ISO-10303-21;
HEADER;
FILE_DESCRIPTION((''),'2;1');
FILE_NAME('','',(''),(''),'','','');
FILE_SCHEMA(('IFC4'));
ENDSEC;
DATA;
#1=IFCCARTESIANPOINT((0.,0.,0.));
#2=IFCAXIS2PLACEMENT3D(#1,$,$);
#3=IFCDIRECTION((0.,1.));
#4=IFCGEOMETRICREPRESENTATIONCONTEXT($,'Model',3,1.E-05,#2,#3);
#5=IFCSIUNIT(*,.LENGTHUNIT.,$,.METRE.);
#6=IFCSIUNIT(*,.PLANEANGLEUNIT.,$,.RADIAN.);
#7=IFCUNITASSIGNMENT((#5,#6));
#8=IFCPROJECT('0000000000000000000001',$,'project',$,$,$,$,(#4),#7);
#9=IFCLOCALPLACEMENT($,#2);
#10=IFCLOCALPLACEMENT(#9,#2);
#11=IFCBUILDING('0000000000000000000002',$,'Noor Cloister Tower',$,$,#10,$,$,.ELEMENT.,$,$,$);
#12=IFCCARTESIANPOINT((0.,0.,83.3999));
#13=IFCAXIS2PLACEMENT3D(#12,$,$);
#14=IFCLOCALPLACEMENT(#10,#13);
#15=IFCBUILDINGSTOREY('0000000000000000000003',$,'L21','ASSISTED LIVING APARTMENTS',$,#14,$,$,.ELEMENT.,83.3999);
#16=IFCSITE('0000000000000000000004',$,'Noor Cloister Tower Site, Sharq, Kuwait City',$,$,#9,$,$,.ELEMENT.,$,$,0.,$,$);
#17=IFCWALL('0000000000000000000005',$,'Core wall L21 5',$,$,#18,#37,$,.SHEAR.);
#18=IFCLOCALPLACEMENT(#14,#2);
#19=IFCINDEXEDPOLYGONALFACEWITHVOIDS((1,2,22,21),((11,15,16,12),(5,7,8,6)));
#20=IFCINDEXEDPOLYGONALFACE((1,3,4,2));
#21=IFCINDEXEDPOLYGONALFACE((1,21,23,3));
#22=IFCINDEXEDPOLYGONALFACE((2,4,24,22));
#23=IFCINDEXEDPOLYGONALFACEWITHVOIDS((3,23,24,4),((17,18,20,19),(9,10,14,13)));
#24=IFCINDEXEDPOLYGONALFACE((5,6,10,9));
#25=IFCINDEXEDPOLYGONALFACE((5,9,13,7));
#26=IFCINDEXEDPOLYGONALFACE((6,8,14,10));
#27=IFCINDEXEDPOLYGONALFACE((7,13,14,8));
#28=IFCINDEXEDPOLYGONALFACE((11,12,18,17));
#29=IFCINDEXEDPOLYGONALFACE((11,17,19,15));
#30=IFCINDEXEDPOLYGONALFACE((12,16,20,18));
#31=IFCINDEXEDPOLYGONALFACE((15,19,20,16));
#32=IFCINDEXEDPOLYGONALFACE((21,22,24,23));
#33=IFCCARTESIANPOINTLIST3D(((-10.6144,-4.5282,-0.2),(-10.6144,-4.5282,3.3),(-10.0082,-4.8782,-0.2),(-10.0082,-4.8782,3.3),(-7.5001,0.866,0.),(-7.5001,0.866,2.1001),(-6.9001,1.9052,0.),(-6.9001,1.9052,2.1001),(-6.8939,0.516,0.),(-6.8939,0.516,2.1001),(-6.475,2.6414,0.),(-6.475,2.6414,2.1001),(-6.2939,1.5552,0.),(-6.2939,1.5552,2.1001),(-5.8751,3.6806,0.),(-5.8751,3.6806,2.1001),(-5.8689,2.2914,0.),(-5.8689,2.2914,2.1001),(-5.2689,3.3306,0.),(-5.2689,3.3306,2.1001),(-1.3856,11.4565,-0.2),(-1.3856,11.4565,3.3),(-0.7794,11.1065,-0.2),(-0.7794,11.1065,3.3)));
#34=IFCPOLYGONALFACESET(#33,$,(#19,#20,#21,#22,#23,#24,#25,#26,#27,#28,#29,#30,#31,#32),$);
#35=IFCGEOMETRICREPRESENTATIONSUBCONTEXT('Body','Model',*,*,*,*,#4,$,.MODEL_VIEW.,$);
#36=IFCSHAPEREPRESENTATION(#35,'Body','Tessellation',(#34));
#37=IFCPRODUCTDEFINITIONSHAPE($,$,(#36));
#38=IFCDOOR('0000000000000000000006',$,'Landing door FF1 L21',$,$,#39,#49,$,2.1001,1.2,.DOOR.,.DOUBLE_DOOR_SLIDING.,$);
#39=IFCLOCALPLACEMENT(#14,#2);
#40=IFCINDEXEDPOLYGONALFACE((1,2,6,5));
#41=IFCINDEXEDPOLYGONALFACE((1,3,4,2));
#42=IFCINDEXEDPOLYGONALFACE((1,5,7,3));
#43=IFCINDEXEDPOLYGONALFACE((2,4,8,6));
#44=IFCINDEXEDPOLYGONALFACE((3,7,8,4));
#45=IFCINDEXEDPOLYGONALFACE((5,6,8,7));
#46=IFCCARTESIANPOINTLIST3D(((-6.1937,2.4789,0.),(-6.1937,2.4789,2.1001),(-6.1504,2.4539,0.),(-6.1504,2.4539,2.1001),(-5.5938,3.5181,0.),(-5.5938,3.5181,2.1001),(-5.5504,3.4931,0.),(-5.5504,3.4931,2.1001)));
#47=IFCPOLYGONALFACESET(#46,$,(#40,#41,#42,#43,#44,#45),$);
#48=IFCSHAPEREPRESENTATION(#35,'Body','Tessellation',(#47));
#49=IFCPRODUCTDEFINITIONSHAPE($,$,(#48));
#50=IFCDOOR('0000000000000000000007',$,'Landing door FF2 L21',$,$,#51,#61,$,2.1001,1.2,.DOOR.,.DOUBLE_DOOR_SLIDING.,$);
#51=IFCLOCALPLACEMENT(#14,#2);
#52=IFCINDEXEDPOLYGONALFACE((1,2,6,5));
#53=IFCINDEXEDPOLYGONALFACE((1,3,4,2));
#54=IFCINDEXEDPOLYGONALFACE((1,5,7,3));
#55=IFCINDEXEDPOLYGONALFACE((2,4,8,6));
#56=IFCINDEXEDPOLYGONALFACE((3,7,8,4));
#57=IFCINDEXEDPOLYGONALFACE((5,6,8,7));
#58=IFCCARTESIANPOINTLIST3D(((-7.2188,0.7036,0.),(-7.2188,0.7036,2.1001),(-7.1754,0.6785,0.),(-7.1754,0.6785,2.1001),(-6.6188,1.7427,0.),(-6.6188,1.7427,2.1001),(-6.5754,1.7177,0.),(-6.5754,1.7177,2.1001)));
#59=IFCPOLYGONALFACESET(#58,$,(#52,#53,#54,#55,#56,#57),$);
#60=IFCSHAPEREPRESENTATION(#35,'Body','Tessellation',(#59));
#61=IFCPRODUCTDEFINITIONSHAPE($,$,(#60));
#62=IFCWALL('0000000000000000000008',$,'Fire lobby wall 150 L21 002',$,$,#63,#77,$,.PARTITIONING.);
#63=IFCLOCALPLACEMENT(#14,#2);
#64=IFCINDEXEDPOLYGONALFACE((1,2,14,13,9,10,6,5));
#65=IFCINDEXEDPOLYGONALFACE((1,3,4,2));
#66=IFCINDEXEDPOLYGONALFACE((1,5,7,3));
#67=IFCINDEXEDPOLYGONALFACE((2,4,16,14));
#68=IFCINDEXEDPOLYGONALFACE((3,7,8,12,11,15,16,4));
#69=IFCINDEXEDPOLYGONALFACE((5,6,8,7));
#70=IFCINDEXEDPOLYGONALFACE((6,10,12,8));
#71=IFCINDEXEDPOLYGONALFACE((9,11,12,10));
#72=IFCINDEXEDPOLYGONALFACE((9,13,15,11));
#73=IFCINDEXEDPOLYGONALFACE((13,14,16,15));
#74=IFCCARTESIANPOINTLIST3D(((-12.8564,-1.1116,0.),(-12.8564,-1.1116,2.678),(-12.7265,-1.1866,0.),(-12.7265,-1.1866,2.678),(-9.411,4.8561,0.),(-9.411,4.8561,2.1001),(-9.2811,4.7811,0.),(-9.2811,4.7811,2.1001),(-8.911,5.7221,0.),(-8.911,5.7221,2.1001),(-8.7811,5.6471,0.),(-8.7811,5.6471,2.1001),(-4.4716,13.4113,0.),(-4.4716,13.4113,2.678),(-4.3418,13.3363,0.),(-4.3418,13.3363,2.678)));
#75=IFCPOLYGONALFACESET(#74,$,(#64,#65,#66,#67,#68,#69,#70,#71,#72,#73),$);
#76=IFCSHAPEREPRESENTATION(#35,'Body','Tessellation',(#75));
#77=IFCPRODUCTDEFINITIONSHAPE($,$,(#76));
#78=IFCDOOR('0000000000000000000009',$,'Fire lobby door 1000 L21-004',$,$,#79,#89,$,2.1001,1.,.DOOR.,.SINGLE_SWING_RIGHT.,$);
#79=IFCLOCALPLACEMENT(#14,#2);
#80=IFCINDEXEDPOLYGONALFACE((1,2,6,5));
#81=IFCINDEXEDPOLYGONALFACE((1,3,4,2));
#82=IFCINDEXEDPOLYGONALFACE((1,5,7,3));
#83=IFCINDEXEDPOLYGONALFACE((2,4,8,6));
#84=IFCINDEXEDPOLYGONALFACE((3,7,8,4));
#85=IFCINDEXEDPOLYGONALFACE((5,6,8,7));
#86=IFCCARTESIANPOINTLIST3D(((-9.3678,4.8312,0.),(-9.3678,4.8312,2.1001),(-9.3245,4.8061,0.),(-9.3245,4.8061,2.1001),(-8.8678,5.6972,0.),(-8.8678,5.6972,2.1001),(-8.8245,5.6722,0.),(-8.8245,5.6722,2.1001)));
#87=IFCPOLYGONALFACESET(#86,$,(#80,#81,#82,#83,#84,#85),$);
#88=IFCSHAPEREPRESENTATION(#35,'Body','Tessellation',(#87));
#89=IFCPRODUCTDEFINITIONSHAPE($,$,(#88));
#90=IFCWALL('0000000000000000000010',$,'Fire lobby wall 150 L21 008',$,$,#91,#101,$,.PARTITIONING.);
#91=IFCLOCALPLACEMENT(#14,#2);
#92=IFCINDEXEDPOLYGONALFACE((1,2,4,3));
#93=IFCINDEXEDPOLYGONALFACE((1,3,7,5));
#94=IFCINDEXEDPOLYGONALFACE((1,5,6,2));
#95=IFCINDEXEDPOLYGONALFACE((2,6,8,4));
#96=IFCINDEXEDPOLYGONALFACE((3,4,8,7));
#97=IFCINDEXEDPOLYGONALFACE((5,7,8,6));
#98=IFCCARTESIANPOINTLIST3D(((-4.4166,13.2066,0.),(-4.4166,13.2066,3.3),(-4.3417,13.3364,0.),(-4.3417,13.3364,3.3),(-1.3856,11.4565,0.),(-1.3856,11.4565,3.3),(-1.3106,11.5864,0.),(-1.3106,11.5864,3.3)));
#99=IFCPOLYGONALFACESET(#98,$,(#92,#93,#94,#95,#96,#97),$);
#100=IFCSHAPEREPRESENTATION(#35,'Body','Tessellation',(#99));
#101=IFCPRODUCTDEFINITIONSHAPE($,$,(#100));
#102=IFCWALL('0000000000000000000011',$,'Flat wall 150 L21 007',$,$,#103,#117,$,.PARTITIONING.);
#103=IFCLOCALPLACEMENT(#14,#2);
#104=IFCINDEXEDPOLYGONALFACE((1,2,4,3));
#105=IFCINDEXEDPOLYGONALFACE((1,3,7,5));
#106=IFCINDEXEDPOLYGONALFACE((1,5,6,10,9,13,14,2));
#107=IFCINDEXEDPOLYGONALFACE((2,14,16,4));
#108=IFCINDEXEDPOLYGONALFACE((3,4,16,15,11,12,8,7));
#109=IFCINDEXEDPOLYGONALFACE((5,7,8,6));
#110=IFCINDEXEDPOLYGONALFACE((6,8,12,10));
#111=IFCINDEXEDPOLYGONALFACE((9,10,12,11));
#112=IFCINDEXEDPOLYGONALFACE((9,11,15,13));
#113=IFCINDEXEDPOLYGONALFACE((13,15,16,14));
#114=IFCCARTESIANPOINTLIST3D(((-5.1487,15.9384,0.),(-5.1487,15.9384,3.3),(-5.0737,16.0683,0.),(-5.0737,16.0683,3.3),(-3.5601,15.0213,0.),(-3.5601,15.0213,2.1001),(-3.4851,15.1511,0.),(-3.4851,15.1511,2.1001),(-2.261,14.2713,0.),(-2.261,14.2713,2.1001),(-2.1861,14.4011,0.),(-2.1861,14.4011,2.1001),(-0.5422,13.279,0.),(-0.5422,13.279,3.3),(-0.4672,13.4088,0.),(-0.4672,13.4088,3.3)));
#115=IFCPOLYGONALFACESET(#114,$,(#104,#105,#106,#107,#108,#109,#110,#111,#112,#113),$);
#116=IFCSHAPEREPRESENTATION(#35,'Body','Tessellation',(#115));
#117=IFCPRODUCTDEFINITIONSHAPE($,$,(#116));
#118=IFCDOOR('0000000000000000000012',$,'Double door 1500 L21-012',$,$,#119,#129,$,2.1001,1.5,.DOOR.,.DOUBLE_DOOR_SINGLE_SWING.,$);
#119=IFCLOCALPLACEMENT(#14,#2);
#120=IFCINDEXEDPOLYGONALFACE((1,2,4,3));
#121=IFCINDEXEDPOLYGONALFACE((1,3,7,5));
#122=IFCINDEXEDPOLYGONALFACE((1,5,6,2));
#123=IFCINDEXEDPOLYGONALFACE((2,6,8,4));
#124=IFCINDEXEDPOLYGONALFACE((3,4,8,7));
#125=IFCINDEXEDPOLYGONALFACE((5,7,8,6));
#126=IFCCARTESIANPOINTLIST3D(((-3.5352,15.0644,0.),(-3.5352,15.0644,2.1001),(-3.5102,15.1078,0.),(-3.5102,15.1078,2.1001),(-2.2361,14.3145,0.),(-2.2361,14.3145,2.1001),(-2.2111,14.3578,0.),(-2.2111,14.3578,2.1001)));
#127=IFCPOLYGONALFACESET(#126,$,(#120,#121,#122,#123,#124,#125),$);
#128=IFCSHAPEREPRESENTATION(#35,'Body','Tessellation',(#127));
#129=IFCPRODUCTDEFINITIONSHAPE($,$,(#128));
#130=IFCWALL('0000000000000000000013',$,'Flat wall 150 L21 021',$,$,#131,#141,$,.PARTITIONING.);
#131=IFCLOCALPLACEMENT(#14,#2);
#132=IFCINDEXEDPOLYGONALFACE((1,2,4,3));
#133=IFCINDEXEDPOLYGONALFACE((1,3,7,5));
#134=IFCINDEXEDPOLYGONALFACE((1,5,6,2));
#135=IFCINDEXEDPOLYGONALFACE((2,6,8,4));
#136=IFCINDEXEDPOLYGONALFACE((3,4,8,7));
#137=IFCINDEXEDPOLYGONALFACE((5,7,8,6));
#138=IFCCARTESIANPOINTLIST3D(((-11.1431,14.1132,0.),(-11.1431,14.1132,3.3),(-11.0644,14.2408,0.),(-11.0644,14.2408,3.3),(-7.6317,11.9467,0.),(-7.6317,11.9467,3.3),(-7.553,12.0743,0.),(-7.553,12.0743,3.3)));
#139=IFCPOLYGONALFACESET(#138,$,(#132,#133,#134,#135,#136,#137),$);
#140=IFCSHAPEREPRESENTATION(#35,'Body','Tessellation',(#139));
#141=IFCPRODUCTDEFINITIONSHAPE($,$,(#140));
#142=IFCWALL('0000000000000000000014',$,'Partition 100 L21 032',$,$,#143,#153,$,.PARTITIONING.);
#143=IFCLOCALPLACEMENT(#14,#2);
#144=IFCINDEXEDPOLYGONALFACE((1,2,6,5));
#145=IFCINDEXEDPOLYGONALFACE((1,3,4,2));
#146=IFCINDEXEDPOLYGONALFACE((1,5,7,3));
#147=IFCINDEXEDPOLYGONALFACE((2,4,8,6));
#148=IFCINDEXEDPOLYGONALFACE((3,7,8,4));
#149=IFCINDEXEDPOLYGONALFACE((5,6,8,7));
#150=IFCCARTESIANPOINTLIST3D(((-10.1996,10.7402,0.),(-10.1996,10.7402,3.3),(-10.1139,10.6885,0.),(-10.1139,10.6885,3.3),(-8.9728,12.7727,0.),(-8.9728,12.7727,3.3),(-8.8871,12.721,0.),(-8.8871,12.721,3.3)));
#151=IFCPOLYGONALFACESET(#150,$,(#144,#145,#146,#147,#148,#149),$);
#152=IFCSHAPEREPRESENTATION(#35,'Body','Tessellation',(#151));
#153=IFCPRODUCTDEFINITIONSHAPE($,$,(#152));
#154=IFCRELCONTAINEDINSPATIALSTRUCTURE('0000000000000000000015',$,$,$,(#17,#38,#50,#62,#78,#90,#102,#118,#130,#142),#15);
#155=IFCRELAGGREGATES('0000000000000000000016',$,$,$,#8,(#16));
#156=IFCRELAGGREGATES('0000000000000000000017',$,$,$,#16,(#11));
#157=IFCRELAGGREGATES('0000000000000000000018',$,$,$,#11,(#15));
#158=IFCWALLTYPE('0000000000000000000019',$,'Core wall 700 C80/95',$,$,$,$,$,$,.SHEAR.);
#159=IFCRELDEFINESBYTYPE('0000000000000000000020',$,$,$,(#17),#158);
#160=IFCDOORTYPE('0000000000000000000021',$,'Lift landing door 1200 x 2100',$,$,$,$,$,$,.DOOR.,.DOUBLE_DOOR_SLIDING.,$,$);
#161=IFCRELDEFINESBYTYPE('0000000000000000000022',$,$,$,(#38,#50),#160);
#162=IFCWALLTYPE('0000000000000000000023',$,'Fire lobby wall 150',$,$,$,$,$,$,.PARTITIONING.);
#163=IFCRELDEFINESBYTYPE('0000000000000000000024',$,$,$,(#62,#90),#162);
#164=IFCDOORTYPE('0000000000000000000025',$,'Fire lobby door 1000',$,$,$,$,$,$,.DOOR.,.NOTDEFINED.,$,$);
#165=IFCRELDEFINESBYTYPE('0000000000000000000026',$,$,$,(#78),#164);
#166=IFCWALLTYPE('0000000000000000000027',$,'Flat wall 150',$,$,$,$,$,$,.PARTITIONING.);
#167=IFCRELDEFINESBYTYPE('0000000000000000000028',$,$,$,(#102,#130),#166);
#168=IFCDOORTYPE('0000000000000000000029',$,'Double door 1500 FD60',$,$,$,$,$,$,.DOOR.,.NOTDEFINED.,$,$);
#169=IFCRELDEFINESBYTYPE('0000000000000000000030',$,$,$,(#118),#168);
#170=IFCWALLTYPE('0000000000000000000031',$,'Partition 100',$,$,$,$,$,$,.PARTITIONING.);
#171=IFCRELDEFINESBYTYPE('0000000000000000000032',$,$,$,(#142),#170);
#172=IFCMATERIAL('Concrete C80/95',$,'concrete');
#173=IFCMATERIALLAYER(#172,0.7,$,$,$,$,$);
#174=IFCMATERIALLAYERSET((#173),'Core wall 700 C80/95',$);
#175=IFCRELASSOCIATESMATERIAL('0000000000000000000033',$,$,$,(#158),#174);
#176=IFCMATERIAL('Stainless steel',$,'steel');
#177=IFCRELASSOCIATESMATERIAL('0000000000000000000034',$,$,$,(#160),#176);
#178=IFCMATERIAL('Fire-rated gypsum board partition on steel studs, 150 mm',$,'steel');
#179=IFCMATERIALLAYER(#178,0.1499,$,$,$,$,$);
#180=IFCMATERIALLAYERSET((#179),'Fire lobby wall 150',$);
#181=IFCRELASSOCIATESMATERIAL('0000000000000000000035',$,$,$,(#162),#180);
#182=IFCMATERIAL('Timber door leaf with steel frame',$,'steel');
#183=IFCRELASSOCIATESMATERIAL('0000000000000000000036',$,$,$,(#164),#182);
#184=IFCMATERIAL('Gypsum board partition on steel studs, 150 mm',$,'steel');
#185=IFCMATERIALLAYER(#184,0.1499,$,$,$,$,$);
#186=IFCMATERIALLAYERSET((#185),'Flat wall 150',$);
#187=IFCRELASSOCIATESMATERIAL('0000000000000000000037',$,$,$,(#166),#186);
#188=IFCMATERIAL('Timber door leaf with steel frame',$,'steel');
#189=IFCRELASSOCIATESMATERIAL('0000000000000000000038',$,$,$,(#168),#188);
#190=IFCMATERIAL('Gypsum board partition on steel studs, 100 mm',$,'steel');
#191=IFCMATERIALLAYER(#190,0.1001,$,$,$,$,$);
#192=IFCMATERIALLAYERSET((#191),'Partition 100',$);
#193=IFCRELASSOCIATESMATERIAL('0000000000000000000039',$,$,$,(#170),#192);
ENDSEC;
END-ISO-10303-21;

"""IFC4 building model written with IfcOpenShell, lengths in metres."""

from ifc_helpers import new_model, si_unit, direction, frame, frame_2d, origin, place, context, subcontext, project, spatial, rectangle, extrude, material, layer, layer_set, type_object, element, fill, save


model = new_model("IFC4")

# Units and contexts
model_context = context("Model", 3, precision=1e-05, world=origin(), true_north=direction((0.0, 1.0)))
body_context = subcontext(model_context, "Body", "Model", "MODEL_VIEW")
ifc_project = project(units=[si_unit("LENGTHUNIT", "METRE"), si_unit("PLANEANGLEUNIT", "RADIAN")], contexts=[model_context])

# Site, building, storey
site_placement = place(None, origin())
site = spatial("IfcSite", under=ifc_project, at=site_placement, Name="Noor Cloister Tower Site, Sharq, Kuwait City", CompositionType="ELEMENT", RefElevation=0.0)
building_placement = place(site_placement, origin())
building = spatial("IfcBuilding", under=site, at=building_placement, Name="Noor Cloister Tower", CompositionType="ELEMENT")
storey_placement = place(building_placement, frame((0.0, 0.0, 83.3999)))
storey = spatial("IfcBuildingStorey", under=building, at=storey_placement, Name="L21", Description="ASSISTED LIVING APARTMENTS", CompositionType="ELEMENT", Elevation=83.3999)

# Wall, openings, doors
ifc_material_1 = material(Name="Concrete C80/95", Category="concrete")
ifc_layer_1 = layer(ifc_material_1, 0.7)
ifc_layer_set_1 = layer_set([ifc_layer_1], Name="Core wall 700 C80/95")
wall_type_1 = type_object("IfcWallType", Name="Core wall 700 C80/95", PredefinedType="SHEAR", material=ifc_layer_set_1)
wall_1_placement = place(storey_placement, frame((-1.0825, 11.2815, -0.2), z_axis=(0.0, 0.0, 1.0), x_axis=(-0.500001, -0.866025, 0.0)))
wall_1 = element("IfcWall", 1, at=wall_1_placement, inside=storey, type_object=wall_type_1, Name="Core wall L21 5", PredefinedType="SHEAR", context=body_context, shape_type="SweptSolid", body=[
    extrude(rectangle(XDim=18.4575, YDim=0.7, at=frame_2d((9.2288, 0.0))), origin(), (0.0, 0.0, 1.0), 3.5),
])
opening_1_placement = place(wall_1_placement, frame((8.9788, 0.0, 0.2)))
opening_1 = element("IfcOpeningElement", 2, at=opening_1_placement, cuts=wall_1, PredefinedType="OPENING", context=body_context, shape_type="SweptSolid", body=[
    extrude(rectangle(XDim=1.2, YDim=2.1001, at=frame_2d((0.6001, 1.05))), frame((0.0, 0.3599, 0.0), z_axis=(0.0, -1.0, 0.0), x_axis=(1.0, 0.0, 0.0)), (0.0, 0.0, 1.0), 0.72),
])
opening_2_placement = place(wall_1_placement, frame((11.0288, 0.0, 0.2)))
opening_2 = element("IfcOpeningElement", 3, at=opening_2_placement, cuts=wall_1, PredefinedType="OPENING", context=body_context, shape_type="SweptSolid", body=[
    extrude(rectangle(XDim=1.2, YDim=2.1001, at=frame_2d((0.6001, 1.05))), frame((0.0, 0.3599, 0.0), z_axis=(0.0, -1.0, 0.0), x_axis=(1.0, 0.0, 0.0)), (0.0, 0.0, 1.0), 0.72),
])
ifc_material_2 = material(Name="Stainless steel", Category="steel")
door_type_1 = type_object("IfcDoorType", Name="Lift landing door 1200 x 2100", OperationType="DOUBLE_DOOR_SLIDING", PredefinedType="DOOR", material=ifc_material_2)
door_1_placement = place(opening_1_placement, origin())
door_1 = element("IfcDoor", 4, at=door_1_placement, inside=storey, type_object=door_type_1, Name="Landing door FF1 L21", OperationType="DOUBLE_DOOR_SLIDING", OverallHeight=2.1001, OverallWidth=1.2, PredefinedType="DOOR", context=body_context, shape_type="SweptSolid", body=[
    extrude(rectangle(XDim=1.2, YDim=2.1001, at=frame_2d((0.6001, 1.05))), frame((0.0, 0.0249, 0.0), z_axis=(0.0, -1.0, 0.0), x_axis=(1.0, 0.0, 0.0)), (0.0, 0.0, 1.0), 0.05),
])
fill(opening_1, door_1)
door_2_placement = place(opening_2_placement, origin())
door_2 = element("IfcDoor", 5, at=door_2_placement, inside=storey, type_object=door_type_1, Name="Landing door FF2 L21", OperationType="DOUBLE_DOOR_SLIDING", OverallHeight=2.1001, OverallWidth=1.2, PredefinedType="DOOR", context=body_context, shape_type="SweptSolid", body=[
    extrude(rectangle(XDim=1.2, YDim=2.1001, at=frame_2d((0.6001, 1.05))), frame((0.0, 0.0249, 0.0), z_axis=(0.0, -1.0, 0.0), x_axis=(1.0, 0.0, 0.0)), (0.0, 0.0, 1.0), 0.05),
])
fill(opening_2, door_2)

# Wall, opening, door
ifc_material_3 = material(Name="Fire-rated gypsum board partition on steel studs, 150 mm", Category="steel")
ifc_layer_2 = layer(ifc_material_3, 0.1499)
ifc_layer_set_2 = layer_set([ifc_layer_2], Name="Fire lobby wall 150")
wall_type_2 = type_object("IfcWallType", Name="Fire lobby wall 150", PredefinedType="PARTITIONING", material=ifc_layer_set_2)
wall_2_placement = place(storey_placement, frame((-4.4067, 13.3738, 0.0), z_axis=(0.0, 0.0, 1.0), x_axis=(-0.499997, -0.866027, 0.0)))
wall_2 = element("IfcWall", 6, at=wall_2_placement, inside=storey, type_object=wall_type_2, Name="Fire lobby wall 150 L21 002", PredefinedType="PARTITIONING", context=body_context, shape_type="SweptSolid", body=[
    extrude(rectangle(XDim=16.7695, YDim=0.1499, at=frame_2d((8.3848, 0.0))), origin(), (0.0, 0.0, 1.0), 2.678),
])
opening_3_placement = place(wall_2_placement, frame((8.8787, 0.0, 0.0)))
opening_3 = element("IfcOpeningElement", 7, at=opening_3_placement, cuts=wall_2, PredefinedType="OPENING", context=body_context, shape_type="SweptSolid", body=[
    extrude(rectangle(XDim=1.0, YDim=2.1001, at=frame_2d((0.5, 1.05))), frame((0.0, 0.085, 0.0), z_axis=(0.0, -1.0, 0.0), x_axis=(1.0, 0.0, 0.0)), (0.0, 0.0, 1.0), 0.1699),
])
ifc_material_4 = material(Name="Timber door leaf with steel frame", Category="steel")
door_type_2 = type_object("IfcDoorType", Name="Fire lobby door 1000", OperationType="NOTDEFINED", PredefinedType="DOOR", material=ifc_material_4)
door_3_placement = place(opening_3_placement, origin())
door_3 = element("IfcDoor", 8, at=door_3_placement, inside=storey, type_object=door_type_2, Name="Fire lobby door 1000 L21-004", OperationType="SINGLE_SWING_RIGHT", OverallHeight=2.1001, OverallWidth=1.0, PredefinedType="DOOR", context=body_context, shape_type="SweptSolid", body=[
    extrude(rectangle(XDim=1.0, YDim=2.1001, at=frame_2d((0.5, 1.05))), frame((0.0, 0.0249, 0.0), z_axis=(0.0, -1.0, 0.0), x_axis=(1.0, 0.0, 0.0)), (0.0, 0.0, 1.0), 0.05),
])
fill(opening_3, door_3)

# Wall
wall_3_placement = place(storey_placement, frame((-4.3792, 13.2715, 0.0), z_axis=(0.0, 0.0, 1.0), x_axis=(0.866019, -0.50001, 0.0)))
element("IfcWall", 9, at=wall_3_placement, inside=storey, type_object=wall_type_2, Name="Fire lobby wall 150 L21 008", PredefinedType="PARTITIONING", context=body_context, shape_type="SweptSolid", body=[
    extrude(rectangle(XDim=3.5, YDim=0.1499, at=frame_2d((1.75, 0.0))), origin(), (0.0, 0.0, 1.0), 3.3),
])

# Wall, opening, door
ifc_material_5 = material(Name="Gypsum board partition on steel studs, 150 mm", Category="steel")
ifc_layer_3 = layer(ifc_material_5, 0.1499)
ifc_layer_set_3 = layer_set([ifc_layer_3], Name="Flat wall 150")
wall_type_3 = type_object("IfcWallType", Name="Flat wall 150", PredefinedType="PARTITIONING", material=ifc_layer_set_3)
wall_4_placement = place(storey_placement, frame((-5.1113, 16.0034, 0.0), z_axis=(0.0, 0.0, 1.0), x_axis=(0.866034, -0.499985, 0.0)))
wall_4 = element("IfcWall", 10, at=wall_4_placement, inside=storey, type_object=wall_type_3, Name="Flat wall 150 L21 007", PredefinedType="PARTITIONING", context=body_context, shape_type="SweptSolid", body=[
    extrude(rectangle(XDim=5.3191, YDim=0.1499, at=frame_2d((2.6597, 0.0))), origin(), (0.0, 0.0, 1.0), 3.3),
])
opening_4_placement = place(wall_4_placement, frame((1.8345, 0.0, 0.0)))
opening_4 = element("IfcOpeningElement", 11, at=opening_4_placement, cuts=wall_4, PredefinedType="OPENING", context=body_context, shape_type="SweptSolid", body=[
    extrude(rectangle(XDim=1.5, YDim=2.1001, at=frame_2d((0.75, 1.05))), frame((0.0, 0.085, 0.0), z_axis=(0.0, -1.0, 0.0), x_axis=(1.0, 0.0, 0.0)), (0.0, 0.0, 1.0), 0.1699),
])
ifc_material_6 = material(Name="Timber door leaf with steel frame", Category="steel")
door_type_3 = type_object("IfcDoorType", Name="Double door 1500 FD60", OperationType="NOTDEFINED", PredefinedType="DOOR", material=ifc_material_6)
door_4_placement = place(opening_4_placement, origin())
door_4 = element("IfcDoor", 12, at=door_4_placement, inside=storey, type_object=door_type_3, Name="Double door 1500 L21-012", OperationType="DOUBLE_DOOR_SINGLE_SWING", OverallHeight=2.1001, OverallWidth=1.5, PredefinedType="DOOR", context=body_context, shape_type="SweptSolid", body=[
    extrude(rectangle(XDim=1.5, YDim=2.1001, at=frame_2d((0.75, 1.05))), frame((0.0, 0.0249, 0.0), z_axis=(0.0, -1.0, 0.0), x_axis=(1.0, 0.0, 0.0)), (0.0, 0.0, 1.0), 0.05),
])
fill(opening_4, door_4)

# Walls
wall_5_placement = place(storey_placement, frame((-11.1038, 14.177, 0.0), z_axis=(0.0, 0.0, 1.0), x_axis=(0.851052, -0.525081, 0.0)))
element("IfcWall", 13, at=wall_5_placement, inside=storey, type_object=wall_type_3, Name="Flat wall 150 L21 021", PredefinedType="PARTITIONING", context=body_context, shape_type="SweptSolid", body=[
    extrude(rectangle(XDim=4.126, YDim=0.1499, at=frame_2d((2.063, 0.0))), origin(), (0.0, 0.0, 1.0), 3.3),
])
ifc_material_7 = material(Name="Gypsum board partition on steel studs, 100 mm", Category="steel")
ifc_layer_4 = layer(ifc_material_7, 0.1001)
ifc_layer_set_4 = layer_set([ifc_layer_4], Name="Partition 100")
wall_type_4 = type_object("IfcWallType", Name="Partition 100", PredefinedType="PARTITIONING", material=ifc_layer_set_4)
wall_6_placement = place(storey_placement, frame((-8.9299, 12.7468, 0.0), z_axis=(0.0, 0.0, 1.0), x_axis=(-0.516762, -0.856129, 0.0)))
element("IfcWall", 14, at=wall_6_placement, inside=storey, type_object=wall_type_4, Name="Partition 100 L21 032", PredefinedType="PARTITIONING", context=body_context, shape_type="SweptSolid", body=[
    extrude(rectangle(XDim=2.374, YDim=0.1001, at=frame_2d((1.187, 0.0))), origin(), (0.0, 0.0, 1.0), 3.3),
])

save(model, "model.ifc")
